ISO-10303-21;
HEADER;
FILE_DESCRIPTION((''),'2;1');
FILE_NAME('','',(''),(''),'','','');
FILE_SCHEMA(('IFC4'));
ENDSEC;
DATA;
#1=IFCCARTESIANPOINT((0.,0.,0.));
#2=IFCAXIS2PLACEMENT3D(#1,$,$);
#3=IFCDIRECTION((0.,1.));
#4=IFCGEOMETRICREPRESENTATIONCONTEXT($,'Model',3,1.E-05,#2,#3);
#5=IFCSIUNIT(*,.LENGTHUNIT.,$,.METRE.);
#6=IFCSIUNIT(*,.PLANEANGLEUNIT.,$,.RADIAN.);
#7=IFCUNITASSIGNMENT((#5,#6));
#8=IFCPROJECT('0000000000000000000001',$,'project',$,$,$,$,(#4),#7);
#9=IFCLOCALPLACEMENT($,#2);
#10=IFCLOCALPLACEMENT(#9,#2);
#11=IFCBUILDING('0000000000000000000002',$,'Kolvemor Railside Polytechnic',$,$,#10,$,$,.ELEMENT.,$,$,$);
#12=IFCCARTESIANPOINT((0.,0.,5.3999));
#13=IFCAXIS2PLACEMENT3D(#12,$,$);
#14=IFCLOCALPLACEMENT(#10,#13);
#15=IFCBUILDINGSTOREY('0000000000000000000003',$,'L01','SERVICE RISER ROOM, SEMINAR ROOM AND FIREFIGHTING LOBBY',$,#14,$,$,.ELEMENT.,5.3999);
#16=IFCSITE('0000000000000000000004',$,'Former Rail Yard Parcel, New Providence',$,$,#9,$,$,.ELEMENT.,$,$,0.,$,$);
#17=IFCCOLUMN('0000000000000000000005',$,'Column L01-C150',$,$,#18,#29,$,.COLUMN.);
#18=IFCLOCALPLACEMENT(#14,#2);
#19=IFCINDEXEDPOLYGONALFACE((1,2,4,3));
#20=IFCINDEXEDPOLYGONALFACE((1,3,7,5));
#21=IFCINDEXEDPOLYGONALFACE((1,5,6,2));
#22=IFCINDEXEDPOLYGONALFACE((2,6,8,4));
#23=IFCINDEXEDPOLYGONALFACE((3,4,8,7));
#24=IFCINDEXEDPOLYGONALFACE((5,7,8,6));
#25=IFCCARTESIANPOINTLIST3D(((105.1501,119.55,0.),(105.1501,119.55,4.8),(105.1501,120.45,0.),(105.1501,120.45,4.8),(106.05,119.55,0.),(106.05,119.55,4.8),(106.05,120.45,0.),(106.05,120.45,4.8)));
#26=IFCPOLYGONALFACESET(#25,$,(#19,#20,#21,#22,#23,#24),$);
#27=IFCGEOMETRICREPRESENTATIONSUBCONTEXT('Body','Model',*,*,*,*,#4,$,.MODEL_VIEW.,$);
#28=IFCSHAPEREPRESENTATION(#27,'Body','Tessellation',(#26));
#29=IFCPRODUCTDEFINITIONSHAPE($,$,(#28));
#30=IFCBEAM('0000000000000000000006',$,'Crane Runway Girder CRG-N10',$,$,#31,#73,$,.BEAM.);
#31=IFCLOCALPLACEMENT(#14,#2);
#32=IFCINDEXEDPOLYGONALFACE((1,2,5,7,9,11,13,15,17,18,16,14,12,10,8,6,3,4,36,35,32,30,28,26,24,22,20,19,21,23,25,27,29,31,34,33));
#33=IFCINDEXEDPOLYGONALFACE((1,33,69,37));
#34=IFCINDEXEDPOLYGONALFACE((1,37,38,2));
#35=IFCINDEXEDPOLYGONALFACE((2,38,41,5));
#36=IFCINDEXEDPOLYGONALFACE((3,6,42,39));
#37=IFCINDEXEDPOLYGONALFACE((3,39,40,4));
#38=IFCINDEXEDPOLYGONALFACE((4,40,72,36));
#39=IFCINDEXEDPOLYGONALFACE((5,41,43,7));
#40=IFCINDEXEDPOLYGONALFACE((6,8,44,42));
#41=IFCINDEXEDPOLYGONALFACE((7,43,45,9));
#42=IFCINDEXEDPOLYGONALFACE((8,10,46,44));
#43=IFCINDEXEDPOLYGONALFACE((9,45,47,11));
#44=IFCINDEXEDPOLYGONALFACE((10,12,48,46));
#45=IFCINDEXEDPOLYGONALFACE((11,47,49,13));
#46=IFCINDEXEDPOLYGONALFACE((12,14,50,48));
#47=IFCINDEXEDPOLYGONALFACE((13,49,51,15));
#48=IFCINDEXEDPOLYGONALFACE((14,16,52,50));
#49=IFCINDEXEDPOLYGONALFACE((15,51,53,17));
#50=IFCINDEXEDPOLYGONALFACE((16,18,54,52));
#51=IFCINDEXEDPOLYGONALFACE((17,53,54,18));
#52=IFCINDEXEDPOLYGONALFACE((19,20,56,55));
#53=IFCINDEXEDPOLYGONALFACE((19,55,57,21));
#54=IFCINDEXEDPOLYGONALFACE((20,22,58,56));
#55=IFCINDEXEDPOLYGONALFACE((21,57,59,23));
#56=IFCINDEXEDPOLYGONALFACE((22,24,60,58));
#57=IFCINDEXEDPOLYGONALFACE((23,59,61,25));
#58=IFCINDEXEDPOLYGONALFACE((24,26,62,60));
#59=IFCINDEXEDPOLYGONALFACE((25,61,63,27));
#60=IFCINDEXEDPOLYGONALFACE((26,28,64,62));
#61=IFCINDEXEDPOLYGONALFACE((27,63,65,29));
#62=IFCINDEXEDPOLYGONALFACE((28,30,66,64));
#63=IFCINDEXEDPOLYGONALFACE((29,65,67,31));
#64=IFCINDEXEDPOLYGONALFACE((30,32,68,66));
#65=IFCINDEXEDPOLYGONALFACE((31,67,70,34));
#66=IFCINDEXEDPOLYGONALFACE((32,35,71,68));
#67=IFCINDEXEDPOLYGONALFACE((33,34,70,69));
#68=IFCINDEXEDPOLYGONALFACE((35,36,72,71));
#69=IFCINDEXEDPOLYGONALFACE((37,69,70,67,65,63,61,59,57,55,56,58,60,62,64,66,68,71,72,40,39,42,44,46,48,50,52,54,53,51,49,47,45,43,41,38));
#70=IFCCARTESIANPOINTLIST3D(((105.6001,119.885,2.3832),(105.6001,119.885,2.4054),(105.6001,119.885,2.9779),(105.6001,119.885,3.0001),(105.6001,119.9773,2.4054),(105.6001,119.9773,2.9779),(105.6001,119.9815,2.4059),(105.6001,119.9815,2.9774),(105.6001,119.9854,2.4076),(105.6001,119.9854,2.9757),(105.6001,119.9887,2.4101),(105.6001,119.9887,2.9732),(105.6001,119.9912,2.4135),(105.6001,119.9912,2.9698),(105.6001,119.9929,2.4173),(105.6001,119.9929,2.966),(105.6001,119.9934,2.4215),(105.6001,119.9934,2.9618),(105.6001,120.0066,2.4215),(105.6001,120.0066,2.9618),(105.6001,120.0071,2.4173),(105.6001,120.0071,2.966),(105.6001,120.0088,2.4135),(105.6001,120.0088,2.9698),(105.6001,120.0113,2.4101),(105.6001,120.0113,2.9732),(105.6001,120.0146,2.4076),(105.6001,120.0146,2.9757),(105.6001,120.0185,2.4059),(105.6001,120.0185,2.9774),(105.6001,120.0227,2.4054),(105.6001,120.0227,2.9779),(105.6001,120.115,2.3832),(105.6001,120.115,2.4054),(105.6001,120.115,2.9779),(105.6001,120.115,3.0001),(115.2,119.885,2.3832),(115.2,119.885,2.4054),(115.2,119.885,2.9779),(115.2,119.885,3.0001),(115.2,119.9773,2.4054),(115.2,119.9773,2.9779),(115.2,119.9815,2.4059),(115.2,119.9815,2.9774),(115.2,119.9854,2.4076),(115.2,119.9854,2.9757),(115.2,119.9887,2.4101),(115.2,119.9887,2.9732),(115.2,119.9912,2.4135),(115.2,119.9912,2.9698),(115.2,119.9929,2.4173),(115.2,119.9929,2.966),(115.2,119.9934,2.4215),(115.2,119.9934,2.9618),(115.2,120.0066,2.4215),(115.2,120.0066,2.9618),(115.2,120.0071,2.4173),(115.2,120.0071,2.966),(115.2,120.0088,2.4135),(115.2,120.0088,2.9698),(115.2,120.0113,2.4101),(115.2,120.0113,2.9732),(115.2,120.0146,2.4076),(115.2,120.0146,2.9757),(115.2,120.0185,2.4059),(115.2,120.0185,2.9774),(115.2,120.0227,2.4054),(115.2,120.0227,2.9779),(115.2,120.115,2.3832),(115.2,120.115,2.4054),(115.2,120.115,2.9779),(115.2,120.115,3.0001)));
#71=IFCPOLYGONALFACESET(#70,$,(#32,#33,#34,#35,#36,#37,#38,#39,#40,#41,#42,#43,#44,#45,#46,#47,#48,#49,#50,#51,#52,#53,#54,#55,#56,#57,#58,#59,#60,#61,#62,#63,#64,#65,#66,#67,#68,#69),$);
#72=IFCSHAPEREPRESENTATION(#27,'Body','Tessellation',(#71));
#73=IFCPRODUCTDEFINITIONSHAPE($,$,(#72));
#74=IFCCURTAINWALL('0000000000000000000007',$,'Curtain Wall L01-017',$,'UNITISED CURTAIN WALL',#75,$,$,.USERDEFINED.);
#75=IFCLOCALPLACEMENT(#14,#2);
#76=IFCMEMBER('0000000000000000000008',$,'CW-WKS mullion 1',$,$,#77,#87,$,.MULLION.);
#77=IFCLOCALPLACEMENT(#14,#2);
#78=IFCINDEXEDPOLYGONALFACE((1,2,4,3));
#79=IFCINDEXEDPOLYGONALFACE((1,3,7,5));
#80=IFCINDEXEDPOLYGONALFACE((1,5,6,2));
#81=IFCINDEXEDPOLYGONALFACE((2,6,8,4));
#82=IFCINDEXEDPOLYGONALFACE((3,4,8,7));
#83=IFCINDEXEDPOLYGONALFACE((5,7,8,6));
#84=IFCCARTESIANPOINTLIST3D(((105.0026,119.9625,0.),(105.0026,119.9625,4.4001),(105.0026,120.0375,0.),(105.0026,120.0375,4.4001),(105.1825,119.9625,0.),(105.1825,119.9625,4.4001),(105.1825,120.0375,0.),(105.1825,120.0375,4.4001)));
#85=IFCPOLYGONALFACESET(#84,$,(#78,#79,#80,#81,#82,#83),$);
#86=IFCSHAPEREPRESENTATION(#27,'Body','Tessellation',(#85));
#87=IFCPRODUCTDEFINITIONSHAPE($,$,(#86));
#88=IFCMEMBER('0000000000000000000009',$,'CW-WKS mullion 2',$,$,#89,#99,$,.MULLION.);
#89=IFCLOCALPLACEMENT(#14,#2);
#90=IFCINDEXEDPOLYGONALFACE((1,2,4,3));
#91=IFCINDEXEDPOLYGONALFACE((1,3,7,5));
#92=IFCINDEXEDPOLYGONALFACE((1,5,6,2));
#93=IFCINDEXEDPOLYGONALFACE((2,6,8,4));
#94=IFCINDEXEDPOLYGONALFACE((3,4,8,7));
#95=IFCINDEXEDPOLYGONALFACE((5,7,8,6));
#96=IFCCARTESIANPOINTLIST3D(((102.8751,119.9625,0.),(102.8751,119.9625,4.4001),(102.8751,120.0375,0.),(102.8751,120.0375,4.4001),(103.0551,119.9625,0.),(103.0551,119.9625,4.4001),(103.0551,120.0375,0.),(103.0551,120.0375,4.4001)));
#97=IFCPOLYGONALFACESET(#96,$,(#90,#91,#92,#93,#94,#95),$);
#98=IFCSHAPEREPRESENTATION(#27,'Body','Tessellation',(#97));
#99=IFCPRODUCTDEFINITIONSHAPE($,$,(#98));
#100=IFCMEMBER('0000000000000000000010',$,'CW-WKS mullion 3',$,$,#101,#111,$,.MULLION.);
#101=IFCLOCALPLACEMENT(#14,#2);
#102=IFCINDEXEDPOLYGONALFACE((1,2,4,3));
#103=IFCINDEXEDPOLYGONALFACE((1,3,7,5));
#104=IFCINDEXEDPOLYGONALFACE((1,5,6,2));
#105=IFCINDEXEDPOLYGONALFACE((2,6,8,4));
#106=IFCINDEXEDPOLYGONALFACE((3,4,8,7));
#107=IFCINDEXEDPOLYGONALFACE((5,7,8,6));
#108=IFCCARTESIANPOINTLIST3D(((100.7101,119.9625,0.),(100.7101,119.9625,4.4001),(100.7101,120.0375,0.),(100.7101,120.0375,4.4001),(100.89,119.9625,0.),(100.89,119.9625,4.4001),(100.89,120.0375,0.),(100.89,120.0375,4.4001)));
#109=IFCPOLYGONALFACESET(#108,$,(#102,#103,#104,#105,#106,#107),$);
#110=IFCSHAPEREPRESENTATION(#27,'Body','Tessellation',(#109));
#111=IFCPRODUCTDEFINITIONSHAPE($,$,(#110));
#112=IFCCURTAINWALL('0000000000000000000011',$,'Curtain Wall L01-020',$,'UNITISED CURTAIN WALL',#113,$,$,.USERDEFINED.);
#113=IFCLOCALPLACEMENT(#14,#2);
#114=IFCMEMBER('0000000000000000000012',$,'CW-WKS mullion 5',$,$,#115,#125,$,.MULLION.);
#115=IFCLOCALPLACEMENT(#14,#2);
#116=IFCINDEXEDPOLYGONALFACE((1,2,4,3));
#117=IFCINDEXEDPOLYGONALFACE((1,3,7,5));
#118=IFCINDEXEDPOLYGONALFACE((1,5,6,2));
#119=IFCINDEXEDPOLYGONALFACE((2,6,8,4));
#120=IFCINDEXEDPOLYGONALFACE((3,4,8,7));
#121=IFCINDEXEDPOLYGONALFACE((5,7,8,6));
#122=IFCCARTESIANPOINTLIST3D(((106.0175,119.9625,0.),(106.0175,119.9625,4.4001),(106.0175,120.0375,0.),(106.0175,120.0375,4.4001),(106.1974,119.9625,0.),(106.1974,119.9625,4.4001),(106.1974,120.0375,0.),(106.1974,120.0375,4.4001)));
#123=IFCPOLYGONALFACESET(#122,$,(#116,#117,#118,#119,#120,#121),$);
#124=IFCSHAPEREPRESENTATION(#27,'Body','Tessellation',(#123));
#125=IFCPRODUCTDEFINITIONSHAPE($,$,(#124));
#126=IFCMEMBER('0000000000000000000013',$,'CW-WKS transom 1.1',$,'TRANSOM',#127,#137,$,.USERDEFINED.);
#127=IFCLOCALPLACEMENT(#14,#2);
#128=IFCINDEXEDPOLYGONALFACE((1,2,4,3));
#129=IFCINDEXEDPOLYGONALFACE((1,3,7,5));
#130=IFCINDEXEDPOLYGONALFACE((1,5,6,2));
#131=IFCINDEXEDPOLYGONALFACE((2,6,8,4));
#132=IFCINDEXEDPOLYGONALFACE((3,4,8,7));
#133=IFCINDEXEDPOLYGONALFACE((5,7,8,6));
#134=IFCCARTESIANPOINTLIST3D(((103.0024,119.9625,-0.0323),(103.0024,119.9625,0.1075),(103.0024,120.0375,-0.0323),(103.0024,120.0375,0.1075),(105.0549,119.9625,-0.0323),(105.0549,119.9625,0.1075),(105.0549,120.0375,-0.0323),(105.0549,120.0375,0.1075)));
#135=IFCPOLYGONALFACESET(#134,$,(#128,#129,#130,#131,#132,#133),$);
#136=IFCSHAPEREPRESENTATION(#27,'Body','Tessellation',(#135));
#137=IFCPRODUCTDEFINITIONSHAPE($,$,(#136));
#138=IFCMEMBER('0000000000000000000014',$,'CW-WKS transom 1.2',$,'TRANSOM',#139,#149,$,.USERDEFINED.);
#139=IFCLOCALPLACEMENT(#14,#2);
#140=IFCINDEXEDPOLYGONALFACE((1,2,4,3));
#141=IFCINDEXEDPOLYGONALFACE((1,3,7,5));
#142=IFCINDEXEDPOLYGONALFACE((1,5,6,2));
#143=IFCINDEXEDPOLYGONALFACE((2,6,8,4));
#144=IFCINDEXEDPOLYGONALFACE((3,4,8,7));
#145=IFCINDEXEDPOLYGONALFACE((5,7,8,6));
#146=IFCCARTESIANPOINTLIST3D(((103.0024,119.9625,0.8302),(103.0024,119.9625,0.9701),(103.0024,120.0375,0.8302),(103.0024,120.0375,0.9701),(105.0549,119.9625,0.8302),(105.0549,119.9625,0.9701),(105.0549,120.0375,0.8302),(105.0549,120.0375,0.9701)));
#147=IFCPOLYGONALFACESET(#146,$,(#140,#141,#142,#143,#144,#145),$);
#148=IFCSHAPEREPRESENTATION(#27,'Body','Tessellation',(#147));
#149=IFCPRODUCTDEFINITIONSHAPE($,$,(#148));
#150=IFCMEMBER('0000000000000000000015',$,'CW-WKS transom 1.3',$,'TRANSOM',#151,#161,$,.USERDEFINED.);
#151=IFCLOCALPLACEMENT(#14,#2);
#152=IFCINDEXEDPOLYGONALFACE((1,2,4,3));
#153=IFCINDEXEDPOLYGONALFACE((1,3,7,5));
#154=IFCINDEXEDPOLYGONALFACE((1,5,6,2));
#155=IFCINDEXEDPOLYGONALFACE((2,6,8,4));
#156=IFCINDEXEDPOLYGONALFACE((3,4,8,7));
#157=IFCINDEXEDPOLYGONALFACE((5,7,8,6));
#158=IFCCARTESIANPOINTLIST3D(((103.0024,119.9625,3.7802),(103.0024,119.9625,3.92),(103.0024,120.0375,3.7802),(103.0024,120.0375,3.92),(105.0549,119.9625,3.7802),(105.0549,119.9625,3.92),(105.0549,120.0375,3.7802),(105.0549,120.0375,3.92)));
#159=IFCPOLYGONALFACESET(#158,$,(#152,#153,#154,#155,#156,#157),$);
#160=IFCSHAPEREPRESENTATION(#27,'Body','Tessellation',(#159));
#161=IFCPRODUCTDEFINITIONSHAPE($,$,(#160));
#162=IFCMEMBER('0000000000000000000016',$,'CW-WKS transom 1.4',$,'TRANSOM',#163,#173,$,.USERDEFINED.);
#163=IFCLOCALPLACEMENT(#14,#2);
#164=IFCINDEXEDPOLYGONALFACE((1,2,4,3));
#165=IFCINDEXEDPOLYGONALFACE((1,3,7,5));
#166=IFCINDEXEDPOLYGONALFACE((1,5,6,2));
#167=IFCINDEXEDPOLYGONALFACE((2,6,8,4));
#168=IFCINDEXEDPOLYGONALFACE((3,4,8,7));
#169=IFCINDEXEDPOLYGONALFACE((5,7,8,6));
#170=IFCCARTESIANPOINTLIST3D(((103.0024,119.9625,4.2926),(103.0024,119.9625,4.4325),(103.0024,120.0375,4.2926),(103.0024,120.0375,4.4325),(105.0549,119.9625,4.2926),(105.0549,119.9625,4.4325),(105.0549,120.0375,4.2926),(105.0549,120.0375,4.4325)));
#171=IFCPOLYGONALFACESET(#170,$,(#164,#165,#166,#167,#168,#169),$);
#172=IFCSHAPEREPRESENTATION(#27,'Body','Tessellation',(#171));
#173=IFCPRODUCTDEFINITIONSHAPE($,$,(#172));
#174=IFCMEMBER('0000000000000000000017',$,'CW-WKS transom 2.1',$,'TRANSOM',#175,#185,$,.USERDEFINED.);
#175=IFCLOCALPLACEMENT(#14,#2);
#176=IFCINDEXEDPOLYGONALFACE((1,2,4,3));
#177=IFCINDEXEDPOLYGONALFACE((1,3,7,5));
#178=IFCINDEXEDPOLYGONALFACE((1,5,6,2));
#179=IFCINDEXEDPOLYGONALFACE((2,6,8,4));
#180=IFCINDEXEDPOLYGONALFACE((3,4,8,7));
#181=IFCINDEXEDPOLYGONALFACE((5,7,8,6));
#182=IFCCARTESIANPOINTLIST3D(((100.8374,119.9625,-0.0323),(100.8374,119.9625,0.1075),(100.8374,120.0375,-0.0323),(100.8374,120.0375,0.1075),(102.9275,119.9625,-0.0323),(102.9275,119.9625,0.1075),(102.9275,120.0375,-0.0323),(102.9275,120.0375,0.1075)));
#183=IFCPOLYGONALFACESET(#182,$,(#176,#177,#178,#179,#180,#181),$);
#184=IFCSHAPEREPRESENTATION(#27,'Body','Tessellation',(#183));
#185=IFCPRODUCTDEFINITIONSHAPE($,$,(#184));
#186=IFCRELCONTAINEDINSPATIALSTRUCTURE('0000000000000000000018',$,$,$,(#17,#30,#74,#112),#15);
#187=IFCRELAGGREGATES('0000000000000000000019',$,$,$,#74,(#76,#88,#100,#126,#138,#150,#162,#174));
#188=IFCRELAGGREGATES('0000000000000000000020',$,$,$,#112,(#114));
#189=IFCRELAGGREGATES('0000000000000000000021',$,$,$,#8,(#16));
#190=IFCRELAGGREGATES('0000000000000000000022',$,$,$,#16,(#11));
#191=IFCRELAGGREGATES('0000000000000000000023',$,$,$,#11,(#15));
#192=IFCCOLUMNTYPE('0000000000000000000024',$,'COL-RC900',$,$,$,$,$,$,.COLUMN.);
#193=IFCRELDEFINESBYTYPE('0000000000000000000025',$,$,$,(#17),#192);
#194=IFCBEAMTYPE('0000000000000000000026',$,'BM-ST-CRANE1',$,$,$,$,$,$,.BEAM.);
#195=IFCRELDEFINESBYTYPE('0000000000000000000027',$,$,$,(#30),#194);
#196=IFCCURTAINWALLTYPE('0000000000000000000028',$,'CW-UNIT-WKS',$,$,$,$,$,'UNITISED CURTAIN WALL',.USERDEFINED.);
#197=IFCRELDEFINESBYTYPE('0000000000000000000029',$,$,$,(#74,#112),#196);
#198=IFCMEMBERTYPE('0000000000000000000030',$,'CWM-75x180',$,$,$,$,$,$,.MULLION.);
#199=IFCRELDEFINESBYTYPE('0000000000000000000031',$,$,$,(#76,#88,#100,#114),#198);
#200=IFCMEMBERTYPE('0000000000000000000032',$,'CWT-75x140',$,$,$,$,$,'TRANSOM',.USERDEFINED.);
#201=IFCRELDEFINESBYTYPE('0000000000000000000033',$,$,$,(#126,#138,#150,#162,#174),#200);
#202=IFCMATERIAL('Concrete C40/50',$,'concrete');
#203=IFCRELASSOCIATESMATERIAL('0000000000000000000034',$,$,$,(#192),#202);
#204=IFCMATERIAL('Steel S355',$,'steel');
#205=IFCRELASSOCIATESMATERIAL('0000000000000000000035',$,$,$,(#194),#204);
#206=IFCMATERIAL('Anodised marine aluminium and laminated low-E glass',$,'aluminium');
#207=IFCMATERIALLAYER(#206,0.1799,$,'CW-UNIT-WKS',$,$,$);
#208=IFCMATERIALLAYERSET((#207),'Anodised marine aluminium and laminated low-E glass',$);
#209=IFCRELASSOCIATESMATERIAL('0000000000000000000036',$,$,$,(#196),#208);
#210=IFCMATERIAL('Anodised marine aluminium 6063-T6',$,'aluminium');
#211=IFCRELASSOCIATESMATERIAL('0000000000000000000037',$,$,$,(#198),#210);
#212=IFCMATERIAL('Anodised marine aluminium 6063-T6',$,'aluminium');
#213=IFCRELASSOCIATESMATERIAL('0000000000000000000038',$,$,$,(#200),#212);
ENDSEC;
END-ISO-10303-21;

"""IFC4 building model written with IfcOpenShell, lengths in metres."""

from ifc_helpers import new_model, si_unit, direction, frame, origin, origin_2d, place, context, subcontext, project, spatial, rectangle, i_section, extrude, material, layer, layer_set, material_profile, profile_set, type_object, element, aggregate, save


model = new_model("IFC4")

# Units and contexts
model_context = context("Model", 3, precision=1e-05, world=origin(), true_north=direction((0.0, 1.0)))
body_context = subcontext(model_context, "Body", "Model", "MODEL_VIEW")
ifc_project = project(units=[si_unit("LENGTHUNIT", "METRE"), si_unit("PLANEANGLEUNIT", "RADIAN")], contexts=[model_context])

# Site, building, storey
site_placement = place(None, origin())
site = spatial("IfcSite", under=ifc_project, at=site_placement, Name="Former Rail Yard Parcel, New Providence", CompositionType="ELEMENT", RefElevation=0.0)
building_placement = place(site_placement, origin())
building = spatial("IfcBuilding", under=site, at=building_placement, Name="Kolvemor Railside Polytechnic", CompositionType="ELEMENT")
storey_placement = place(building_placement, frame((0.0, 0.0, 5.3999)))
storey = spatial("IfcBuildingStorey", under=building, at=storey_placement, Name="L01", Description="SERVICE RISER ROOM, SEMINAR ROOM AND FIREFIGHTING LOBBY", CompositionType="ELEMENT", Elevation=5.3999)

# Column
ifc_material_1 = material(Name="Concrete C40/50", Category="concrete")
ifc_material_profile_1 = material_profile(ifc_material_1, rectangle(XDim=0.8999, YDim=0.8999, at=origin_2d()), Name="RC900x900")
ifc_profile_set_1 = profile_set([ifc_material_profile_1], Name="Concrete C40/50")
column_type = type_object("IfcColumnType", Name="COL-RC900", PredefinedType="COLUMN", material=ifc_profile_set_1)
column_placement = place(storey_placement, frame((105.6001, 120.0, 0.0), z_axis=(0.0, 0.0, 1.0), x_axis=(1.0, 0.0, 0.0)))
element("IfcColumn", 1, at=column_placement, inside=storey, type_object=column_type, Name="Column L01-C150", PredefinedType="COLUMN", context=body_context, shape_type="SweptSolid", body=[
    extrude(rectangle(XDim=0.8999, YDim=0.8999, at=origin_2d()), origin(), (0.0, 0.0, 1.0), 4.8),
])

# Beam
ifc_material_2 = material(Name="Steel S355", Category="steel")
ifc_material_profile_2 = material_profile(ifc_material_2, i_section(OverallWidth=0.23, OverallDepth=0.6169, WebThickness=0.0132, FlangeThickness=0.0222, FilletRadius=0.0161, at=origin_2d()), Name="W610x140")
ifc_profile_set_2 = profile_set([ifc_material_profile_2], Name="Steel S355")
beam_type = type_object("IfcBeamType", Name="BM-ST-CRANE1", PredefinedType="BEAM", material=ifc_profile_set_2)
beam_placement = place(storey_placement, frame((105.6001, 120.0, 2.6917), z_axis=(1.0, 0.0, 0.0), x_axis=(0.0, 1.0, 0.0)))
element("IfcBeam", 2, at=beam_placement, inside=storey, type_object=beam_type, Name="Crane Runway Girder CRG-N10", PredefinedType="BEAM", context=body_context, shape_type="SweptSolid", body=[
    extrude(i_section(OverallWidth=0.23, OverallDepth=0.6169, WebThickness=0.0132, FlangeThickness=0.0222, FilletRadius=0.0161, at=origin_2d()), origin(), (0.0, 0.0, 1.0), 9.5999),
])

# Curtain wall, members
ifc_material_3 = material(Name="Anodised marine aluminium and laminated low-E glass", Category="aluminium")
ifc_layer_1 = layer(ifc_material_3, 0.1799, Name="CW-UNIT-WKS")
ifc_layer_set_1 = layer_set([ifc_layer_1], Name="Anodised marine aluminium and laminated low-E glass")
curtain_wall_type = type_object("IfcCurtainWallType", Name="CW-UNIT-WKS", ElementType="UNITISED CURTAIN WALL", PredefinedType="USERDEFINED", material=ifc_layer_set_1)
curtain_wall_1_placement = place(storey_placement, origin())
curtain_wall_1 = element("IfcCurtainWall", 3, at=curtain_wall_1_placement, inside=storey, type_object=curtain_wall_type, Name="Curtain Wall L01-017", ObjectType="UNITISED CURTAIN WALL", PredefinedType="USERDEFINED")
ifc_material_4 = material(Name="Anodised marine aluminium 6063-T6", Category="aluminium")
ifc_material_profile_3 = material_profile(ifc_material_4, rectangle(XDim=0.075, YDim=0.1799, at=origin_2d()), Name="CW-MUL-75x180")
ifc_profile_set_3 = profile_set([ifc_material_profile_3], Name="Anodised marine aluminium 6063-T6")
member_type_1 = type_object("IfcMemberType", Name="CWM-75x180", PredefinedType="MULLION", material=ifc_profile_set_3)
member_1_placement = place(storey_placement, frame((105.0925, 120.0, 0.0), z_axis=(0.0, 0.0, 1.0), x_axis=(0.0, -1.0, 0.0)))
member_1 = element("IfcMember", 4, at=member_1_placement, type_object=member_type_1, Name="CW-WKS mullion 1", PredefinedType="MULLION", context=body_context, shape_type="SweptSolid", body=[
    extrude(rectangle(XDim=0.075, YDim=0.1799, at=origin_2d()), origin(), (0.0, 0.0, 1.0), 4.4001),
])
member_2_placement = place(storey_placement, frame((102.9651, 120.0, 0.0), z_axis=(0.0, 0.0, 1.0), x_axis=(0.0, -1.0, 0.0)))
member_2 = element("IfcMember", 5, at=member_2_placement, type_object=member_type_1, Name="CW-WKS mullion 2", PredefinedType="MULLION", context=body_context, shape_type="SweptSolid", body=[
    extrude(rectangle(XDim=0.075, YDim=0.1799, at=origin_2d()), origin(), (0.0, 0.0, 1.0), 4.4001),
])
member_3_placement = place(storey_placement, frame((100.8, 120.0, 0.0), z_axis=(0.0, 0.0, 1.0), x_axis=(0.0, -1.0, 0.0)))
member_3 = element("IfcMember", 6, at=member_3_placement, type_object=member_type_1, Name="CW-WKS mullion 3", PredefinedType="MULLION", context=body_context, shape_type="SweptSolid", body=[
    extrude(rectangle(XDim=0.075, YDim=0.1799, at=origin_2d()), origin(), (0.0, 0.0, 1.0), 4.4001),
])

# Curtain wall, member
curtain_wall_2_placement = place(storey_placement, origin())
curtain_wall_2 = element("IfcCurtainWall", 7, at=curtain_wall_2_placement, inside=storey, type_object=curtain_wall_type, Name="Curtain Wall L01-020", ObjectType="UNITISED CURTAIN WALL", PredefinedType="USERDEFINED")
member_4_placement = place(storey_placement, frame((106.1074, 120.0, 0.0), z_axis=(0.0, 0.0, 1.0), x_axis=(0.0, -1.0, 0.0)))
member_4 = element("IfcMember", 8, at=member_4_placement, type_object=member_type_1, Name="CW-WKS mullion 5", PredefinedType="MULLION", context=body_context, shape_type="SweptSolid", body=[
    extrude(rectangle(XDim=0.075, YDim=0.1799, at=origin_2d()), origin(), (0.0, 0.0, 1.0), 4.4001),
])

# Members
ifc_material_5 = material(Name="Anodised marine aluminium 6063-T6", Category="aluminium")
ifc_material_profile_4 = material_profile(ifc_material_5, rectangle(XDim=0.075, YDim=0.1399, at=origin_2d()), Name="CW-TRN-75x140")
ifc_profile_set_4 = profile_set([ifc_material_profile_4], Name="Anodised marine aluminium 6063-T6")
member_type_2 = type_object("IfcMemberType", Name="CWT-75x140", ElementType="TRANSOM", PredefinedType="USERDEFINED", material=ifc_profile_set_4)
member_5_placement = place(storey_placement, frame((105.0549, 120.0, 0.0376), z_axis=(-1.0, 0.0, 0.0), x_axis=(0.0, -1.0, 0.0)))
member_5 = element("IfcMember", 9, at=member_5_placement, type_object=member_type_2, Name="CW-WKS transom 1.1", ObjectType="TRANSOM", PredefinedType="USERDEFINED", context=body_context, shape_type="SweptSolid", body=[
    extrude(rectangle(XDim=0.075, YDim=0.1399, at=origin_2d()), origin(), (0.0, 0.0, 1.0), 2.0525),
])
member_6_placement = place(storey_placement, frame((105.0549, 120.0, 0.9001), z_axis=(-1.0, 0.0, 0.0), x_axis=(0.0, -1.0, 0.0)))
member_6 = element("IfcMember", 10, at=member_6_placement, type_object=member_type_2, Name="CW-WKS transom 1.2", ObjectType="TRANSOM", PredefinedType="USERDEFINED", context=body_context, shape_type="SweptSolid", body=[
    extrude(rectangle(XDim=0.075, YDim=0.1399, at=origin_2d()), origin(), (0.0, 0.0, 1.0), 2.0525),
])
member_7_placement = place(storey_placement, frame((105.0549, 120.0, 3.8501), z_axis=(-1.0, 0.0, 0.0), x_axis=(0.0, -1.0, 0.0)))
member_7 = element("IfcMember", 11, at=member_7_placement, type_object=member_type_2, Name="CW-WKS transom 1.3", ObjectType="TRANSOM", PredefinedType="USERDEFINED", context=body_context, shape_type="SweptSolid", body=[
    extrude(rectangle(XDim=0.075, YDim=0.1399, at=origin_2d()), origin(), (0.0, 0.0, 1.0), 2.0525),
])
member_8_placement = place(storey_placement, frame((105.0549, 120.0, 4.3625), z_axis=(-1.0, 0.0, 0.0), x_axis=(0.0, -1.0, 0.0)))
member_8 = element("IfcMember", 12, at=member_8_placement, type_object=member_type_2, Name="CW-WKS transom 1.4", ObjectType="TRANSOM", PredefinedType="USERDEFINED", context=body_context, shape_type="SweptSolid", body=[
    extrude(rectangle(XDim=0.075, YDim=0.1399, at=origin_2d()), origin(), (0.0, 0.0, 1.0), 2.0525),
])
member_9_placement = place(storey_placement, frame((102.9275, 120.0, 0.0376), z_axis=(-1.0, 0.0, 0.0), x_axis=(0.0, -1.0, 0.0)))
member_9 = element("IfcMember", 13, at=member_9_placement, type_object=member_type_2, Name="CW-WKS transom 2.1", ObjectType="TRANSOM", PredefinedType="USERDEFINED", context=body_context, shape_type="SweptSolid", body=[
    extrude(rectangle(XDim=0.075, YDim=0.1399, at=origin_2d()), origin(), (0.0, 0.0, 1.0), 2.0901),
])

aggregate(curtain_wall_1, [member_1, member_2, member_3, member_5, member_6, member_7, member_8, member_9])
aggregate(curtain_wall_2, [member_4])

save(model, "model.ifc")
